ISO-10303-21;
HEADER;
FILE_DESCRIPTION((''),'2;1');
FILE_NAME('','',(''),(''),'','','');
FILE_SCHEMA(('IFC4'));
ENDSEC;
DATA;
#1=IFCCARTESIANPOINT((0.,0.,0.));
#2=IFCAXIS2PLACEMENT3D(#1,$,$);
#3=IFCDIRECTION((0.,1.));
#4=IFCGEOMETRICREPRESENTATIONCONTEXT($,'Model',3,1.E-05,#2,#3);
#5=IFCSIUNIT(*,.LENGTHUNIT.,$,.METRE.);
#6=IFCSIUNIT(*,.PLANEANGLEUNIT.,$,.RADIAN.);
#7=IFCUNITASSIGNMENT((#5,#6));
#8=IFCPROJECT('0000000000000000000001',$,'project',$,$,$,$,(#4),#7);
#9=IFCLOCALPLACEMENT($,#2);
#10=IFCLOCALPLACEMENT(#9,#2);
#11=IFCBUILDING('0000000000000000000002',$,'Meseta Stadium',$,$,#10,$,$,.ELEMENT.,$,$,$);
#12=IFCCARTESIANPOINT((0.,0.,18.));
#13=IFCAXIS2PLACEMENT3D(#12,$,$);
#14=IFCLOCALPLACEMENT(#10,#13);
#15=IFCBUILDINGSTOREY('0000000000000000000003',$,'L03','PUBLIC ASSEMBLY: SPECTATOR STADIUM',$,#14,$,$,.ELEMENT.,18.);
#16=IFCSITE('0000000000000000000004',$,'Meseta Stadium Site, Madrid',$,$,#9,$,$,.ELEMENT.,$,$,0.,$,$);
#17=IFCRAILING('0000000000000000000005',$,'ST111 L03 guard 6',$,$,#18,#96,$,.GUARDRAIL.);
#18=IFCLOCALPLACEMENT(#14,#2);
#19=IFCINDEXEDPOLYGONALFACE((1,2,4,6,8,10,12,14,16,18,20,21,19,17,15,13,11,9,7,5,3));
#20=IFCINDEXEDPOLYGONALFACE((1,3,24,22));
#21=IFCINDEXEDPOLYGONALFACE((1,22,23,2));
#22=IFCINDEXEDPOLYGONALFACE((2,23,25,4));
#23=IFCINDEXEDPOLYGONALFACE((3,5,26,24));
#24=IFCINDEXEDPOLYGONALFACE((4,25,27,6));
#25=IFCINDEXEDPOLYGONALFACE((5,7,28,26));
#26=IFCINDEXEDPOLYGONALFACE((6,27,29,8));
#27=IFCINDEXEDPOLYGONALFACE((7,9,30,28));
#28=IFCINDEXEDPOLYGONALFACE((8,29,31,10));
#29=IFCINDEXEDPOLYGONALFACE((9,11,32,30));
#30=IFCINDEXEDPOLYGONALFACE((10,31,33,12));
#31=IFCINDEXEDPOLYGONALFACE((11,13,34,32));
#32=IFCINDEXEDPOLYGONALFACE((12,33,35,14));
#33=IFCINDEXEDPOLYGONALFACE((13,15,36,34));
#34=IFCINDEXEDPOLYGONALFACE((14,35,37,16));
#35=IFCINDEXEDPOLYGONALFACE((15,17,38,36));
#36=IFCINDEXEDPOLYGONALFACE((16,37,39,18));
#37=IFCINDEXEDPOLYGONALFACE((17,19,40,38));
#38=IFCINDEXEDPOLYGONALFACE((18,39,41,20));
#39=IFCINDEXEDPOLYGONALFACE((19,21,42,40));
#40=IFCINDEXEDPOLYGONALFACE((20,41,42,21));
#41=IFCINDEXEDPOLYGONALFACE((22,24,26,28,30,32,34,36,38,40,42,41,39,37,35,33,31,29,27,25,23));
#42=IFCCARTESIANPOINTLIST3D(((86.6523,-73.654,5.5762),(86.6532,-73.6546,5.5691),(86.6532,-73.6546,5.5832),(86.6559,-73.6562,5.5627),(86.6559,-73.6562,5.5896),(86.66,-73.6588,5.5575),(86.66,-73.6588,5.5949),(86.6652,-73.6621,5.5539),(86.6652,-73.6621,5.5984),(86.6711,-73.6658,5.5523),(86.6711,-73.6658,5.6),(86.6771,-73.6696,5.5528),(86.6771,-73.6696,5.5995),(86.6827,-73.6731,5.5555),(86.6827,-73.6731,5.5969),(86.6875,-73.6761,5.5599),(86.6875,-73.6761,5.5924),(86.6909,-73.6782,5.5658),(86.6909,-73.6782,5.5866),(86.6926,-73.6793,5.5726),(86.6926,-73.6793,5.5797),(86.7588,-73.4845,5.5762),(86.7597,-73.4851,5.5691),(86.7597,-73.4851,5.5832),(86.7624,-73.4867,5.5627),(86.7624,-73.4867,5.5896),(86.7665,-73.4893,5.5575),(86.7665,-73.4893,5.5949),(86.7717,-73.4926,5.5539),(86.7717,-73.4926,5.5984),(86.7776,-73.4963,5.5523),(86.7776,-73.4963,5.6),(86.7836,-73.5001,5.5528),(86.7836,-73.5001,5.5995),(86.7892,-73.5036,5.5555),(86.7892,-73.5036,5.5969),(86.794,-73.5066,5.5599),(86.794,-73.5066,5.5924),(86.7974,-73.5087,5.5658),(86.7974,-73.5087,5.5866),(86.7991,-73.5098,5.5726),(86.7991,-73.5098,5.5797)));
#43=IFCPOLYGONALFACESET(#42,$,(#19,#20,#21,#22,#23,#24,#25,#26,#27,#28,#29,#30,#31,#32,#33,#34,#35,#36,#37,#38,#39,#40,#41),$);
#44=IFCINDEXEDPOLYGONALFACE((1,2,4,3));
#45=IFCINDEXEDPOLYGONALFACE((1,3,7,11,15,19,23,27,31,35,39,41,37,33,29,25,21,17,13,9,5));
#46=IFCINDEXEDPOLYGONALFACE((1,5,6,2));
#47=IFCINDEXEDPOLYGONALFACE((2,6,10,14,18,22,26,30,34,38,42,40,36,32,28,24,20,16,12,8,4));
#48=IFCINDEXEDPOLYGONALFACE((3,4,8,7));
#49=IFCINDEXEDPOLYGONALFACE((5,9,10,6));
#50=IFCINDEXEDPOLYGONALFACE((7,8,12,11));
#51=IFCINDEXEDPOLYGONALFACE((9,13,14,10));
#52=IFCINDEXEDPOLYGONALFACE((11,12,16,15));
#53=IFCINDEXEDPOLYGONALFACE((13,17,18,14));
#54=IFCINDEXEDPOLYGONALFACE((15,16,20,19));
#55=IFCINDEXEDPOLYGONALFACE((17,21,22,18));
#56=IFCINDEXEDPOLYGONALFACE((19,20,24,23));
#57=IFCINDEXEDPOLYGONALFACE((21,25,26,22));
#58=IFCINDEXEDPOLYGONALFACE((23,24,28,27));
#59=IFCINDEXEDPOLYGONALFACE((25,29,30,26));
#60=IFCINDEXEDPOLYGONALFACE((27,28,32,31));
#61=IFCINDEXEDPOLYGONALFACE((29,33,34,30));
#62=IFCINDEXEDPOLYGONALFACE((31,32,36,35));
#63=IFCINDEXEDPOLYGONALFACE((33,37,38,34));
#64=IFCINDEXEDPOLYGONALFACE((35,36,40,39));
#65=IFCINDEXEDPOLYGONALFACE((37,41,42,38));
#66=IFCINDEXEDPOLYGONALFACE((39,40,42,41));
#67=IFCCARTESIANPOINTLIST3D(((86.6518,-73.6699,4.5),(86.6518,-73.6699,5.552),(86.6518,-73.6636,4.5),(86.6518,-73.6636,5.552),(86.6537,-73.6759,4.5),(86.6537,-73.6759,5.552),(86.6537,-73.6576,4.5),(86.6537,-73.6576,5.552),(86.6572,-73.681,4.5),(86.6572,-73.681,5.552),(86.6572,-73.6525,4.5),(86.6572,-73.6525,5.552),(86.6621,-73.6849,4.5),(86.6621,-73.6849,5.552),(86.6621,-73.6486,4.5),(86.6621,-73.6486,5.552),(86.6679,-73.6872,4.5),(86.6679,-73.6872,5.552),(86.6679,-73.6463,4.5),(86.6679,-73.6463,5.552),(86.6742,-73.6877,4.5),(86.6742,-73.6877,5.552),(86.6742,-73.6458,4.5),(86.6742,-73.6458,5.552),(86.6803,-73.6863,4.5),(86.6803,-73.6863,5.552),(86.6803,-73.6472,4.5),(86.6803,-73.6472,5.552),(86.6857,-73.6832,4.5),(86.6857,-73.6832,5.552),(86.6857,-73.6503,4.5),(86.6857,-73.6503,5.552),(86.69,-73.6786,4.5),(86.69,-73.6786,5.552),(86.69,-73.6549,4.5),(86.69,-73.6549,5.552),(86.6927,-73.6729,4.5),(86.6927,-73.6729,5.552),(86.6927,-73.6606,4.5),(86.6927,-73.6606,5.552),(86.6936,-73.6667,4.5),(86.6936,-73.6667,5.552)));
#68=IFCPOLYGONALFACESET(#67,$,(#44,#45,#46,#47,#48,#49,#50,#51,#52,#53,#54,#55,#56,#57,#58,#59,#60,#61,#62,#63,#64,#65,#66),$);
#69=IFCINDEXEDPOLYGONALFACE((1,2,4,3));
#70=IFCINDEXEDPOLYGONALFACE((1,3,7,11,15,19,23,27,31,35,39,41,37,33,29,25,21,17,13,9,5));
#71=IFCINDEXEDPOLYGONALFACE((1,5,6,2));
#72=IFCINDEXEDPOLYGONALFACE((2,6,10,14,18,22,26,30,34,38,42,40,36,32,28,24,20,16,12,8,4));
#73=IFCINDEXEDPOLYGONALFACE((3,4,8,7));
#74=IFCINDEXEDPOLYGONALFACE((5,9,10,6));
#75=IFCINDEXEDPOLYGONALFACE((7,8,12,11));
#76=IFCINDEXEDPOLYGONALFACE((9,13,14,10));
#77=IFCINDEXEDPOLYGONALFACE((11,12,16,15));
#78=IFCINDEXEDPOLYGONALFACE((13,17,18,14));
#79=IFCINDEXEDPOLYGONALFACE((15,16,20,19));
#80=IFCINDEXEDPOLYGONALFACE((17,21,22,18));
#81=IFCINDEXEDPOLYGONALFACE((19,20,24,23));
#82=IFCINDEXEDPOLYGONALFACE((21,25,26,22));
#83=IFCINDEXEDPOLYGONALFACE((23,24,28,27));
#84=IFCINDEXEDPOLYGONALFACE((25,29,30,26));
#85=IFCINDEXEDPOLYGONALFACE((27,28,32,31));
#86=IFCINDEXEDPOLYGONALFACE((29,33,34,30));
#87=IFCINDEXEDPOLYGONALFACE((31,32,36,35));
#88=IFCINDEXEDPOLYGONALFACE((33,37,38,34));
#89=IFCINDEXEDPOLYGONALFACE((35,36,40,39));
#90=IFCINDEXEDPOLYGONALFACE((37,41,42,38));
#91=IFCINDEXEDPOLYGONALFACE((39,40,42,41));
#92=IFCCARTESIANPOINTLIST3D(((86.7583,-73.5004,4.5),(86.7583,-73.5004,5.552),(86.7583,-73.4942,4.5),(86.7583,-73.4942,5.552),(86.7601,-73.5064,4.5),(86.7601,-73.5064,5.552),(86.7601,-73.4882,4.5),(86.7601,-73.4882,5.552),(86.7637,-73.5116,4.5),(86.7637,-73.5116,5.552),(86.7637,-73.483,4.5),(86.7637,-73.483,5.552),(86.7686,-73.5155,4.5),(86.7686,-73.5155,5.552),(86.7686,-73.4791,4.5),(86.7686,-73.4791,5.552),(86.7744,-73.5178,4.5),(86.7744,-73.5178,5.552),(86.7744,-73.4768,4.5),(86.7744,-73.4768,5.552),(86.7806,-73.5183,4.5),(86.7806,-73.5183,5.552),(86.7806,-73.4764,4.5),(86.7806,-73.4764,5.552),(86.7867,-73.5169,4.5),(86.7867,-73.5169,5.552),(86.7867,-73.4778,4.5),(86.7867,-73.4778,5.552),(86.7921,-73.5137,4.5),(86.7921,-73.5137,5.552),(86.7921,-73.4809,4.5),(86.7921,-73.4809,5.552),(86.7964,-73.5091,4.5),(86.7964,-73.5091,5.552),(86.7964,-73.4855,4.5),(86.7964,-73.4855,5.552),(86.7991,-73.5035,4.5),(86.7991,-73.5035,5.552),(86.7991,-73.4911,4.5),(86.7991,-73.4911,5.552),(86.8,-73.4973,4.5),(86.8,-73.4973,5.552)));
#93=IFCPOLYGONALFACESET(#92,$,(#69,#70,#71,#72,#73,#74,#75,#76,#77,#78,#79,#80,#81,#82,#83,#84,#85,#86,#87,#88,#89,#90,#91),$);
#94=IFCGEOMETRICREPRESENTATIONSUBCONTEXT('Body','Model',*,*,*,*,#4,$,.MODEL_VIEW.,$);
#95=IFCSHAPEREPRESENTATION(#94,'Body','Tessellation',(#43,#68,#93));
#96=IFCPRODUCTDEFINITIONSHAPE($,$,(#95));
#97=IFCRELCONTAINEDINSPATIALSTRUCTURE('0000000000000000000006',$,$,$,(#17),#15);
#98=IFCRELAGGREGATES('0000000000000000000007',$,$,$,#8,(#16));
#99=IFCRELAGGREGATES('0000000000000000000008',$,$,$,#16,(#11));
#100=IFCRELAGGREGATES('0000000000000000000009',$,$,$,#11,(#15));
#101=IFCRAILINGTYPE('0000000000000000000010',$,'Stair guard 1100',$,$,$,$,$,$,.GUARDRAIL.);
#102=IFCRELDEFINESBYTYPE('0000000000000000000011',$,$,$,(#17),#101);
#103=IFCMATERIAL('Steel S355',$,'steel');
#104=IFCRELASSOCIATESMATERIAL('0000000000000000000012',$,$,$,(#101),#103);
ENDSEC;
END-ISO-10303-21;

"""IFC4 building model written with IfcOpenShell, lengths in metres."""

from ifc_helpers import new_model, si_unit, direction, frame, origin, origin_2d, place, context, subcontext, project, spatial, circle, extrude, material, type_object, element, save


model = new_model("IFC4")

# Units and contexts
model_context = context("Model", 3, precision=1e-05, world=origin(), true_north=direction((0.0, 1.0)))
body_context = subcontext(model_context, "Body", "Model", "MODEL_VIEW")
ifc_project = project(units=[si_unit("LENGTHUNIT", "METRE"), si_unit("PLANEANGLEUNIT", "RADIAN")], contexts=[model_context])

# Site, building, storey
site_placement = place(None, origin())
site = spatial("IfcSite", under=ifc_project, at=site_placement, Name="Meseta Stadium Site, Madrid", CompositionType="ELEMENT", RefElevation=0.0)
building_placement = place(site_placement, origin())
building = spatial("IfcBuilding", under=site, at=building_placement, Name="Meseta Stadium", CompositionType="ELEMENT")
storey_placement = place(building_placement, frame((0.0, 0.0, 18.0)))
storey = spatial("IfcBuildingStorey", under=building, at=storey_placement, Name="L03", Description="PUBLIC ASSEMBLY: SPECTATOR STADIUM", CompositionType="ELEMENT", Elevation=18.0)

# Railing
ifc_material_1 = material(Name="Steel S355", Category="steel")
railing_type_1 = type_object("IfcRailingType", Name="Stair guard 1100", PredefinedType="GUARDRAIL", material=ifc_material_1)
railing_1_placement = place(storey_placement, frame((86.6726, -73.6667, 4.5)))
element("IfcRailing", 1, at=railing_1_placement, inside=storey, type_object=railing_type_1, Name="ST111 L03 guard 6", PredefinedType="GUARDRAIL", context=body_context, shape_type="SweptSolid", body=[
    extrude(circle(Radius=0.0239, at=origin_2d()), frame((0.0, 0.0, 1.0762), z_axis=(0.531972, 0.846762, 0.0), x_axis=(-0.846762, 0.531972, 0.0)), (0.0, 0.0, 1.0), 0.2002),
    extrude(circle(Radius=0.021, at=origin_2d()), origin(), (0.0, 0.0, 1.0), 1.052),
    extrude(circle(Radius=0.021, at=origin_2d()), frame((0.1064, 0.1694, 0.0)), (0.0, 0.0, 1.0), 1.052),
])

save(model, "model.ifc")
